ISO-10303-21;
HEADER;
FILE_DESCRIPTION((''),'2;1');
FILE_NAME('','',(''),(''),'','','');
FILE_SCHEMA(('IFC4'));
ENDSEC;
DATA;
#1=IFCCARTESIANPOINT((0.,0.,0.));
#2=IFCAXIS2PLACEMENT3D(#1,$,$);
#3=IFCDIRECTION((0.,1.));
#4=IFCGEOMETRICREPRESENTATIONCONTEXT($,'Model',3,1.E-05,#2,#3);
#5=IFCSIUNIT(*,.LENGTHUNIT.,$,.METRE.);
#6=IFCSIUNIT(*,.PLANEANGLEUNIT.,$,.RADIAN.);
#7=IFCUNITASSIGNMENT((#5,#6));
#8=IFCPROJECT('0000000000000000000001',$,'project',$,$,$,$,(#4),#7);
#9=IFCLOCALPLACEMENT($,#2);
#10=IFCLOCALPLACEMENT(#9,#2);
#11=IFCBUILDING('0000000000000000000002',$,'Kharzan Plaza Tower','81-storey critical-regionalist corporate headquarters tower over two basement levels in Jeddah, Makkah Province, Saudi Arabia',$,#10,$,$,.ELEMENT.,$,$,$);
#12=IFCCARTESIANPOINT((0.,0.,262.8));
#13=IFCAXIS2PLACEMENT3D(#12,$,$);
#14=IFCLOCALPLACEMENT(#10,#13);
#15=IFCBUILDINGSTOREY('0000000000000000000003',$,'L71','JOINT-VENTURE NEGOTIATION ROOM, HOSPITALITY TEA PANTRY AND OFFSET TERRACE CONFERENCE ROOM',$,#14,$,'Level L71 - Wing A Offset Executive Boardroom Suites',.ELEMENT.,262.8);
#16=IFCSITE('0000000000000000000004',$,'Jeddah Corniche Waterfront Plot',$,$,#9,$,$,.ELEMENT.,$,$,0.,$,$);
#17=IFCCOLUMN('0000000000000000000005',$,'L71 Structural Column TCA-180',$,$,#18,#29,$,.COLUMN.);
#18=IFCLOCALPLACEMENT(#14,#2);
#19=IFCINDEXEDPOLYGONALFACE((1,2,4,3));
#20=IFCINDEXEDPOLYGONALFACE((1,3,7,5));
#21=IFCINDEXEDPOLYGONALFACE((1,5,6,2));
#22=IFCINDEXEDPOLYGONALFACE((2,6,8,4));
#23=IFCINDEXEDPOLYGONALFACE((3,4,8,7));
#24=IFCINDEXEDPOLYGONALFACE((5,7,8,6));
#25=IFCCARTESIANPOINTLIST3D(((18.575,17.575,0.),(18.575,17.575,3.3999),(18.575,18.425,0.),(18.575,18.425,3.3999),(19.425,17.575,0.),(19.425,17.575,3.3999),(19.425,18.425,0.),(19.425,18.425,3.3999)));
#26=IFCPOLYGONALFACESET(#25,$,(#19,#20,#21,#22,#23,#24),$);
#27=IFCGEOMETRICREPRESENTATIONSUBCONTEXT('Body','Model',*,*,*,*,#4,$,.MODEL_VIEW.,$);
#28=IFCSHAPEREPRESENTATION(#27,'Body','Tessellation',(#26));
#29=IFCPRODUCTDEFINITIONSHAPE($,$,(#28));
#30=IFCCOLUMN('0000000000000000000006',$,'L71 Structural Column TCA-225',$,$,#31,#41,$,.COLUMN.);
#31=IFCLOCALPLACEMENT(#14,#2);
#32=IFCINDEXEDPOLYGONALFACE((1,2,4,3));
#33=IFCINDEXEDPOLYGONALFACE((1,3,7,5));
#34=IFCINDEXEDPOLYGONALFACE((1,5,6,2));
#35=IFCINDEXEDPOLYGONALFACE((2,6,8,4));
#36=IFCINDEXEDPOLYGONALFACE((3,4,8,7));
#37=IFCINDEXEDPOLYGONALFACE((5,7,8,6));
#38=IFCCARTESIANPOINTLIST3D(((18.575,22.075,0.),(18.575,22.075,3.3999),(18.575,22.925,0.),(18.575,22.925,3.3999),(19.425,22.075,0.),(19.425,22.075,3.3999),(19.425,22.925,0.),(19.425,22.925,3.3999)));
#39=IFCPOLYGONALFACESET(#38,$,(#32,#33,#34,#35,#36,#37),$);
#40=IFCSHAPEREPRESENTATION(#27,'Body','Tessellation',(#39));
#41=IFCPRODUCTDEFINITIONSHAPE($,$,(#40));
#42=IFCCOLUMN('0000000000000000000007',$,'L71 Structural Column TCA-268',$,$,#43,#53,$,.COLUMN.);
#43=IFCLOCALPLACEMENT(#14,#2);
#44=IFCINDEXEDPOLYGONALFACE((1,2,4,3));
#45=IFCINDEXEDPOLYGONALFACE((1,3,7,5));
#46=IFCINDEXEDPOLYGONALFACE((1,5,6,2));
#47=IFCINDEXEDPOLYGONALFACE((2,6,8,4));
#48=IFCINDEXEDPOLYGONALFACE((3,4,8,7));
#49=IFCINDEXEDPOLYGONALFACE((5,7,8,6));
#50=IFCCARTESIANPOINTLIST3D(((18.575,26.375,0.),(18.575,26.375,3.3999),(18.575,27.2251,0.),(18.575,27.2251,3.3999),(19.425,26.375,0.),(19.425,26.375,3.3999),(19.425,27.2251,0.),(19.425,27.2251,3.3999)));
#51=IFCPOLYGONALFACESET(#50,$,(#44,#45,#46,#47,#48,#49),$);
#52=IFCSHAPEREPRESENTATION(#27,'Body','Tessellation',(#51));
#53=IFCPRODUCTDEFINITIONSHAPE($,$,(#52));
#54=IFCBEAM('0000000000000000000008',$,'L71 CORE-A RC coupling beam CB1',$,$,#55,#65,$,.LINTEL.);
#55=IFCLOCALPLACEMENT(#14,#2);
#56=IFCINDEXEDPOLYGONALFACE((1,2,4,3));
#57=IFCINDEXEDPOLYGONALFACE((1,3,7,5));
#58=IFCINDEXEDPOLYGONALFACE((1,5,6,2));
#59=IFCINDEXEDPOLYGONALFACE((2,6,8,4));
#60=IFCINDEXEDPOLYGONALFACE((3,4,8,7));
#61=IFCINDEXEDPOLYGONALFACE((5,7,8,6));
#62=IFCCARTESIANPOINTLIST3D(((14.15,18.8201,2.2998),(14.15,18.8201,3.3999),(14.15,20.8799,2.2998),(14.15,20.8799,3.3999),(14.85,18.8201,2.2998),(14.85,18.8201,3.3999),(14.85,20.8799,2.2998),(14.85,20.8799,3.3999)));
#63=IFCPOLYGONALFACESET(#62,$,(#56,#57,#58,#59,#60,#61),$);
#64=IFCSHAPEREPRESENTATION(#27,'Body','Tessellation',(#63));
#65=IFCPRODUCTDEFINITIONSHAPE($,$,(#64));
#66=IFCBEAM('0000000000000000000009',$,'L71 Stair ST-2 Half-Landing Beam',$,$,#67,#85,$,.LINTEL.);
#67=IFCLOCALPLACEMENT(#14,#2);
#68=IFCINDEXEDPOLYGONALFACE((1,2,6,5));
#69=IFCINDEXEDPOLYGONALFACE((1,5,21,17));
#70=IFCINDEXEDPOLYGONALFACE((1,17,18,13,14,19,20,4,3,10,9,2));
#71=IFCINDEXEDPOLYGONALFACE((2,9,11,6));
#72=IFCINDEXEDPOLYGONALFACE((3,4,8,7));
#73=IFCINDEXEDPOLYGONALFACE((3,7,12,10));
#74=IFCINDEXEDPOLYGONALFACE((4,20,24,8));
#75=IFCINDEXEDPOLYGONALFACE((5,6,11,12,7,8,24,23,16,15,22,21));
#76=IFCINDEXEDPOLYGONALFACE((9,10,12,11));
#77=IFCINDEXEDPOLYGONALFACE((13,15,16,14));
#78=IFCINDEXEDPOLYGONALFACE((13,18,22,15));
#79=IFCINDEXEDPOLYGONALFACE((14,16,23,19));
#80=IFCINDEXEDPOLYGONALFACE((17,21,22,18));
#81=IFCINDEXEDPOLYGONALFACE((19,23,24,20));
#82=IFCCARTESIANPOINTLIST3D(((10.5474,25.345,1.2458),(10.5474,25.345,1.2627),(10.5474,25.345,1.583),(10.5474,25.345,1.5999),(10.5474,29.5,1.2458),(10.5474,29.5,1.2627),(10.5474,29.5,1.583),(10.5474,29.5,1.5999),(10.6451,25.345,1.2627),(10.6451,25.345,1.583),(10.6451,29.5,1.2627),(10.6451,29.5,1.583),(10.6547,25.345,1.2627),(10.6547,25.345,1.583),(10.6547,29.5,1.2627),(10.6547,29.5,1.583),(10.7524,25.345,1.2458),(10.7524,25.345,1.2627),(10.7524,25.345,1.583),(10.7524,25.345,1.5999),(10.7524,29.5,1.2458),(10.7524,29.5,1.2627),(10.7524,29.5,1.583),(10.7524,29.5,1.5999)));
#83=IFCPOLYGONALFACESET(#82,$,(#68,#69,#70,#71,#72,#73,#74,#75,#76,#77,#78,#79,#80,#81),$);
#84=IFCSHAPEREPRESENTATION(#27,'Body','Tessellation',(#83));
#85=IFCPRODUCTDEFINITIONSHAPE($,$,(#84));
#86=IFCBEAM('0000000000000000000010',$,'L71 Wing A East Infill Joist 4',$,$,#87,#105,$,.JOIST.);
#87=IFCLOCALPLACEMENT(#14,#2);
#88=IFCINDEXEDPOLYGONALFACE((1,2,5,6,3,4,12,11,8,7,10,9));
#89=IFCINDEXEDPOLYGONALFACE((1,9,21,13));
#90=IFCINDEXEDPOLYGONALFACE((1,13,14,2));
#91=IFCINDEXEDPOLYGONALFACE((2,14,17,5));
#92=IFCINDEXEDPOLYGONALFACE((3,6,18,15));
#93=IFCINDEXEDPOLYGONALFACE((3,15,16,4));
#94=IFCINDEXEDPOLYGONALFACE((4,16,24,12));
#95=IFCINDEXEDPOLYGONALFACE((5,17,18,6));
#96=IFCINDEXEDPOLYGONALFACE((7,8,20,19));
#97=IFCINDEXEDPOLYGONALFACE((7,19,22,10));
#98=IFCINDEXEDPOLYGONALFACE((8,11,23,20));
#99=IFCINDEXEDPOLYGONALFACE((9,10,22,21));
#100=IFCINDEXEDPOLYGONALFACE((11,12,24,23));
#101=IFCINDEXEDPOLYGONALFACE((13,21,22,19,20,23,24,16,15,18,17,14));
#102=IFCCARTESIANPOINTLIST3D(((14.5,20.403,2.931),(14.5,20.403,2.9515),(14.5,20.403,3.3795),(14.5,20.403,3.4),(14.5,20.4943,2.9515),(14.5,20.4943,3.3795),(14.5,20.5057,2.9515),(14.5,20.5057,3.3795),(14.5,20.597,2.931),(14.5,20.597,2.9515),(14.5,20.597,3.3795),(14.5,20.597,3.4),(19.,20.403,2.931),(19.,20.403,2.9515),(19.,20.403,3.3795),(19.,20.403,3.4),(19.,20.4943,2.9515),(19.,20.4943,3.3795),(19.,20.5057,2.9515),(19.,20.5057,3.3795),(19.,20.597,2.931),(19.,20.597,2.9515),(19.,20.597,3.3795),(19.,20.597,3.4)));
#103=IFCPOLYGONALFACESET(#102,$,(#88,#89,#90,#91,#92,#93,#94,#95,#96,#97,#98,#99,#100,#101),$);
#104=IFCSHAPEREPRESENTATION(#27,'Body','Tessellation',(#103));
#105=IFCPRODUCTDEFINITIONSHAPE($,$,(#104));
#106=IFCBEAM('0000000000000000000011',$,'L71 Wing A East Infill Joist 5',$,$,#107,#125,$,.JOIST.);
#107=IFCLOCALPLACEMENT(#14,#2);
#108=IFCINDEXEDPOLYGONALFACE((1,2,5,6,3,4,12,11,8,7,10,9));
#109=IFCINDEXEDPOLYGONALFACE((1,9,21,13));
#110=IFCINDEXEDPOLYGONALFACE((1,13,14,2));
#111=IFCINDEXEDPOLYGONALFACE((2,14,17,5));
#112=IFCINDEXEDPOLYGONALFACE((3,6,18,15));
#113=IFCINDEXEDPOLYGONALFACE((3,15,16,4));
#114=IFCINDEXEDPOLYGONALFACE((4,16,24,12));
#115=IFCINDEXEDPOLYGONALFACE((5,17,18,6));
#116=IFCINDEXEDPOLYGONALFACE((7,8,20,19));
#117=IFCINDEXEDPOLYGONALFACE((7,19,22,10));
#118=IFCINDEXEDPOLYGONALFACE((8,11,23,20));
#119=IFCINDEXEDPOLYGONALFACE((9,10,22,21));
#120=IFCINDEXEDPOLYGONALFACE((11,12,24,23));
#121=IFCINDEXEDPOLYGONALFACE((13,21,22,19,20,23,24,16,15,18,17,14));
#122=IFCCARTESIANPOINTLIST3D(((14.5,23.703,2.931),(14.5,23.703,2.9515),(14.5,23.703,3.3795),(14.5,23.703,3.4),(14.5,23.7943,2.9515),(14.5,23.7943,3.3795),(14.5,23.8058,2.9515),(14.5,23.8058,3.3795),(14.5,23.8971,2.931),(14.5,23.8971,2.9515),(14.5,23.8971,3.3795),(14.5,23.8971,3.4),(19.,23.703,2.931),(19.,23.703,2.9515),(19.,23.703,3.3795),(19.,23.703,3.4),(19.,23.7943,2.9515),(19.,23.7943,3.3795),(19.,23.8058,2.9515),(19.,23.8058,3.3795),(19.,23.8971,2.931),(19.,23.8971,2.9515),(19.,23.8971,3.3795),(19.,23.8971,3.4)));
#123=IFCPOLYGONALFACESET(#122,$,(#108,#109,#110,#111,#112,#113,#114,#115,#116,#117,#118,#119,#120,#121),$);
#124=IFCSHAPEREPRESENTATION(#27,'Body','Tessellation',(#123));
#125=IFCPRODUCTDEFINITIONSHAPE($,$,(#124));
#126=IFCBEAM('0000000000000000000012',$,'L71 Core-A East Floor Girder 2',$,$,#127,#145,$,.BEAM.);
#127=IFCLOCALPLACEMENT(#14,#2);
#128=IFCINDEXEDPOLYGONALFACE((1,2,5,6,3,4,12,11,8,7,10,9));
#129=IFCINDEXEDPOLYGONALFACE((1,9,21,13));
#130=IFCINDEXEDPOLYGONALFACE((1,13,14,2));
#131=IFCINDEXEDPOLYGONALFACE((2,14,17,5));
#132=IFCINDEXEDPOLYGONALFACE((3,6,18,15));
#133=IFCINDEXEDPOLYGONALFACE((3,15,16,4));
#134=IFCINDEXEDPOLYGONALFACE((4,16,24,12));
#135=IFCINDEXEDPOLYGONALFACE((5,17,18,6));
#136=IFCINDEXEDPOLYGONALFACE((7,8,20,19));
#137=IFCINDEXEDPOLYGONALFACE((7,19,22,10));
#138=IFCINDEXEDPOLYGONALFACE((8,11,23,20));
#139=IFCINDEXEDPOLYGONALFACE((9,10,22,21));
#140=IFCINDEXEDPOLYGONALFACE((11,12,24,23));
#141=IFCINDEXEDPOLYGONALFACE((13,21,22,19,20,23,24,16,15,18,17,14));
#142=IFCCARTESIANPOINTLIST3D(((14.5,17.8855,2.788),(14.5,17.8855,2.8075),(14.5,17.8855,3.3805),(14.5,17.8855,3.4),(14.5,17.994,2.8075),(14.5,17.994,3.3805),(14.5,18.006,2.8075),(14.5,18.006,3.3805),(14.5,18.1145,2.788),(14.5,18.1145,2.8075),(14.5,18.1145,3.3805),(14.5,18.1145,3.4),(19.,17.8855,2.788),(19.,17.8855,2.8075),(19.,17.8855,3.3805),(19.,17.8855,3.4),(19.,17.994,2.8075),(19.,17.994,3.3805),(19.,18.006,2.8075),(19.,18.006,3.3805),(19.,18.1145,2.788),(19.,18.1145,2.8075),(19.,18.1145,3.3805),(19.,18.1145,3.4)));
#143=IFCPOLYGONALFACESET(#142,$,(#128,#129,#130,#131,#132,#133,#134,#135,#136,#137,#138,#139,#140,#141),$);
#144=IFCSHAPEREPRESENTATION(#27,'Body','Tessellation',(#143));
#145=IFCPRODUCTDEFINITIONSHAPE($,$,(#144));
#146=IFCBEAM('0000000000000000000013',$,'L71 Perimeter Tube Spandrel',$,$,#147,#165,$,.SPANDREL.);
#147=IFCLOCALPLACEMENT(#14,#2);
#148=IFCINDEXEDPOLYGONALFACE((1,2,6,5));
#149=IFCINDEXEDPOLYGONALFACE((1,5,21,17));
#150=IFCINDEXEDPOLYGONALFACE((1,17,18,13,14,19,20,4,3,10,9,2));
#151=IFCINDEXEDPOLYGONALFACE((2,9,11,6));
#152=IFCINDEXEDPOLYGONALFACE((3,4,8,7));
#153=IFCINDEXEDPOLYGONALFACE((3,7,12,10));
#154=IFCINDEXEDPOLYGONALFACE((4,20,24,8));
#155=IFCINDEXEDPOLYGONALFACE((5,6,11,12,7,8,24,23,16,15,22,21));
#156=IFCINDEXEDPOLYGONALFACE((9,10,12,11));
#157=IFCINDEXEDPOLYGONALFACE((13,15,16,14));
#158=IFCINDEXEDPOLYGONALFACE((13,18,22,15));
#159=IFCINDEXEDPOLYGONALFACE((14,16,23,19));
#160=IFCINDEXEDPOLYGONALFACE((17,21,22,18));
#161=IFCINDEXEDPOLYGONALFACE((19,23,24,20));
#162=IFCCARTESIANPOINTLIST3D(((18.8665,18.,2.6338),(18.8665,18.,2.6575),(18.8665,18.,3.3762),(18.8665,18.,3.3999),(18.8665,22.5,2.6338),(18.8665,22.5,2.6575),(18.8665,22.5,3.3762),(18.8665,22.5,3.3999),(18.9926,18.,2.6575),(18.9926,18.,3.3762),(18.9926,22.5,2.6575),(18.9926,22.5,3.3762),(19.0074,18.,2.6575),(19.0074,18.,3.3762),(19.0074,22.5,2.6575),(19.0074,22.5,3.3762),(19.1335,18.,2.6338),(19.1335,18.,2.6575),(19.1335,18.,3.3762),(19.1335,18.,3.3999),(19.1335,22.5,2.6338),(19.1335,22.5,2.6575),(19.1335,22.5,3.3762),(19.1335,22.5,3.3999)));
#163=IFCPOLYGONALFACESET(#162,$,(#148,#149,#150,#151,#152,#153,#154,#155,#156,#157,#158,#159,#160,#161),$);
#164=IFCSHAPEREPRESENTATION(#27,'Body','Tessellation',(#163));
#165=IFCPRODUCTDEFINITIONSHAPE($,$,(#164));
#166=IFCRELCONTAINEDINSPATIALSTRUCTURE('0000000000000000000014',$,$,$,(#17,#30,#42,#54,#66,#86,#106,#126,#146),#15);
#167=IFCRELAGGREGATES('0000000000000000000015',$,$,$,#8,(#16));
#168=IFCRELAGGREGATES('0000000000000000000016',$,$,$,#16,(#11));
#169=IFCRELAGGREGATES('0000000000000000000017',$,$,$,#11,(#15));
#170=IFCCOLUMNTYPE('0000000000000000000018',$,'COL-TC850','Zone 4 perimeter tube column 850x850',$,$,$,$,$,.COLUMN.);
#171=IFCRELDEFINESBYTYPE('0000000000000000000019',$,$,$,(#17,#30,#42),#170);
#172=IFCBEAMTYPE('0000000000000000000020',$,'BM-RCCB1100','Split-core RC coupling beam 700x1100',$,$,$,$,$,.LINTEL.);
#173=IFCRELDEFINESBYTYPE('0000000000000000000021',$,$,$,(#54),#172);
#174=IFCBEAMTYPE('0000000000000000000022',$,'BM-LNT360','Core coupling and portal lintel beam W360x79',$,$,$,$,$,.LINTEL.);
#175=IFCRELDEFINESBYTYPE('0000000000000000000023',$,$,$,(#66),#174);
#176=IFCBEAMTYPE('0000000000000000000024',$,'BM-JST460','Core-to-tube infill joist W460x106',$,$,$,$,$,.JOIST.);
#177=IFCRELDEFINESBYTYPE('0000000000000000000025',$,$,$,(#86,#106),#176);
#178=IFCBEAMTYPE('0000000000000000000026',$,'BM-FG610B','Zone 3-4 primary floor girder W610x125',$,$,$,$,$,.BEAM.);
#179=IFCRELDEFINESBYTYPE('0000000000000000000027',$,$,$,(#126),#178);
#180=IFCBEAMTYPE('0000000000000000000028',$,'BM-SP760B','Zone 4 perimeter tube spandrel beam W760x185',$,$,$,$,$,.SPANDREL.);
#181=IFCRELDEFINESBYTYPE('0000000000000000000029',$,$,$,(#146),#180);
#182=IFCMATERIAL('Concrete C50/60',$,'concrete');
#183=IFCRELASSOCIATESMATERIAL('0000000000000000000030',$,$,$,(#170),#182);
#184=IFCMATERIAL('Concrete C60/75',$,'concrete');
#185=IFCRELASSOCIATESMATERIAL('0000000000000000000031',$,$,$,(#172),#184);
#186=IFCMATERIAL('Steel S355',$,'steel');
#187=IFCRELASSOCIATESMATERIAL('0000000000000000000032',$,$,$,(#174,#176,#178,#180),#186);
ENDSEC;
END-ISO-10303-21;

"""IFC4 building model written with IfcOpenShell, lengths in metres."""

from ifc_helpers import new_model, si_unit, direction, frame, origin, origin_2d, place, context, subcontext, project, spatial, rectangle, i_section, extrude, source, transform, mapped, material, material_profile, profile_set, type_object, element, save


model = new_model("IFC4")

# Units and contexts
model_context = context("Model", 3, precision=1e-05, world=origin(), true_north=direction((0.0, 1.0)))
body_context = subcontext(model_context, "Body", "Model", "MODEL_VIEW")
ifc_project = project(units=[si_unit("LENGTHUNIT", "METRE"), si_unit("PLANEANGLEUNIT", "RADIAN")], contexts=[model_context])

# Site, building, storey
site_placement = place(None, origin())
site = spatial("IfcSite", under=ifc_project, at=site_placement, Name="Jeddah Corniche Waterfront Plot", CompositionType="ELEMENT", RefElevation=0.0)
building_placement = place(site_placement, origin())
building = spatial("IfcBuilding", under=site, at=building_placement, Name="Kharzan Plaza Tower", Description="81-storey critical-regionalist corporate headquarters tower over two basement levels in Jeddah, Makkah Province, Saudi Arabia", CompositionType="ELEMENT")
storey_placement = place(building_placement, frame((0.0, 0.0, 262.8)))
storey = spatial("IfcBuildingStorey", under=building, at=storey_placement, Name="L71", Description="JOINT-VENTURE NEGOTIATION ROOM, HOSPITALITY TEA PANTRY AND OFFSET TERRACE CONFERENCE ROOM", LongName="Level L71 - Wing A Offset Executive Boardroom Suites", CompositionType="ELEMENT", Elevation=262.8)

# Columns
ifc_material_1 = material(Name="Concrete C50/60", Category="concrete")
ifc_material_profile_1 = material_profile(ifc_material_1, rectangle(XDim=0.8501, YDim=0.8501, at=origin_2d()), Name="RC-TC850x850")
ifc_profile_set_1 = profile_set([ifc_material_profile_1], Name="Concrete C50/60")
column_type = type_object("IfcColumnType", Name="COL-TC850", Description="Zone 4 perimeter tube column 850x850", PredefinedType="COLUMN", material=ifc_profile_set_1)
shared_shape_1 = source(origin(), body_context, "Body", "SweptSolid", [
    extrude(rectangle(XDim=0.8501, YDim=0.8501, at=origin_2d()), origin(), (0.0, 0.0, 1.0), 3.3999),
])
for number, where, z_axis, x_axis, name in (
    (1, (19.0, 18.0, 0.0), (0.0, 0.0, 1.0), (1.0, 0.0, 0.0), "L71 Structural Column TCA-180"),
    (2, (19.0, 22.5, 0.0), (0.0, 0.0, 1.0), (1.0, 0.0, 0.0), "L71 Structural Column TCA-225"),
    (3, (19.0, 26.8, 0.0), (0.0, 0.0, 1.0), (1.0, 0.0, 0.0), "L71 Structural Column TCA-268"),
):
    element("IfcColumn", number, at=place(storey_placement, frame(where, z_axis=z_axis, x_axis=x_axis)), inside=storey, type_object=column_type, Name=name, PredefinedType="COLUMN", context=body_context, shape_type="MappedRepresentation", body=[
        mapped(shared_shape_1, transform((0.0, 0.0, 0.0), x_axis=(1.0, 0.0, 0.0), y_axis=(0.0, 1.0, 0.0), z_axis=(0.0, 0.0, 1.0))),
    ])

# Beams
ifc_material_2 = material(Name="Concrete C60/75", Category="concrete")
ifc_material_profile_2 = material_profile(ifc_material_2, rectangle(XDim=0.7, YDim=1.1001, at=origin_2d()), Name="RC-CB1100x700")
ifc_profile_set_2 = profile_set([ifc_material_profile_2], Name="Concrete C60/75")
beam_type_1 = type_object("IfcBeamType", Name="BM-RCCB1100", Description="Split-core RC coupling beam 700x1100", PredefinedType="LINTEL", material=ifc_profile_set_2)
shared_shape_2 = source(origin(), body_context, "Body", "SweptSolid", [
    extrude(rectangle(XDim=0.7, YDim=1.1001, at=origin_2d()), origin(), (0.0, 0.0, 1.0), 2.0598),
])
beam_1_placement = place(storey_placement, frame((14.5, 18.8201, 2.8499), z_axis=(0.0, 1.0, 0.0), x_axis=(-1.0, 0.0, 0.0)))
element("IfcBeam", 4, at=beam_1_placement, inside=storey, type_object=beam_type_1, Name="L71 CORE-A RC coupling beam CB1", PredefinedType="LINTEL", context=body_context, shape_type="MappedRepresentation", body=[
    mapped(shared_shape_2, transform((0.0, 0.0, 0.0), x_axis=(1.0, 0.0, 0.0), y_axis=(0.0, 1.0, 0.0), z_axis=(0.0, 0.0, 1.0))),
])
ifc_material_3 = material(Name="Steel S355", Category="steel")
ifc_material_profile_3 = material_profile(ifc_material_3, i_section(OverallWidth=0.2051, OverallDepth=0.354, WebThickness=0.0095, FlangeThickness=0.0168, at=origin_2d()), Name="W360x79")
ifc_profile_set_3 = profile_set([ifc_material_profile_3], Name="Steel S355")
beam_type_2 = type_object("IfcBeamType", Name="BM-LNT360", Description="Core coupling and portal lintel beam W360x79", PredefinedType="LINTEL", material=ifc_profile_set_3)
shared_shape_3 = source(origin(), body_context, "Body", "SweptSolid", [
    extrude(i_section(OverallWidth=0.2051, OverallDepth=0.354, WebThickness=0.0095, FlangeThickness=0.0168, at=origin_2d()), origin(), (0.0, 0.0, 1.0), 4.155),
])
beam_2_placement = place(storey_placement, frame((10.6499, 25.345, 1.4229), z_axis=(0.0, 1.0, 0.0), x_axis=(-1.0, 0.0, 0.0)))
element("IfcBeam", 5, at=beam_2_placement, inside=storey, type_object=beam_type_2, Name="L71 Stair ST-2 Half-Landing Beam", PredefinedType="LINTEL", context=body_context, shape_type="MappedRepresentation", body=[
    mapped(shared_shape_3, transform((0.0, 0.0, 0.0), x_axis=(1.0, 0.0, 0.0), y_axis=(0.0, 1.0, 0.0), z_axis=(0.0, 0.0, 1.0))),
])
ifc_material_profile_4 = material_profile(ifc_material_3, i_section(OverallWidth=0.1941, OverallDepth=0.469, WebThickness=0.0115, FlangeThickness=0.0205, at=origin_2d()), Name="W460x106")
ifc_profile_set_4 = profile_set([ifc_material_profile_4], Name="Steel S355")
beam_type_3 = type_object("IfcBeamType", Name="BM-JST460", Description="Core-to-tube infill joist W460x106", PredefinedType="JOIST", material=ifc_profile_set_4)
shared_shape_4 = source(origin(), body_context, "Body", "SweptSolid", [
    extrude(i_section(OverallWidth=0.1941, OverallDepth=0.469, WebThickness=0.0115, FlangeThickness=0.0205, at=origin_2d()), origin(), (0.0, 0.0, 1.0), 4.5),
])
for number, where, z_axis, x_axis, name in (
    (6, (14.5, 20.5, 3.1655), (1.0, 0.0, 0.0), (0.0, 1.0, 0.0), "L71 Wing A East Infill Joist 4"),
    (7, (14.5, 23.8, 3.1655), (1.0, 0.0, 0.0), (0.0, 1.0, 0.0), "L71 Wing A East Infill Joist 5"),
):
    element("IfcBeam", number, at=place(storey_placement, frame(where, z_axis=z_axis, x_axis=x_axis)), inside=storey, type_object=beam_type_3, Name=name, PredefinedType="JOIST", context=body_context, shape_type="MappedRepresentation", body=[
        mapped(shared_shape_4, transform((0.0, 0.0, 0.0), x_axis=(1.0, 0.0, 0.0), y_axis=(0.0, 1.0, 0.0), z_axis=(0.0, 0.0, 1.0))),
    ])
ifc_material_profile_5 = material_profile(ifc_material_3, i_section(OverallWidth=0.229, OverallDepth=0.6121, WebThickness=0.012, FlangeThickness=0.0195, at=origin_2d()), Name="W610x125")
ifc_profile_set_5 = profile_set([ifc_material_profile_5], Name="Steel S355")
beam_type_4 = type_object("IfcBeamType", Name="BM-FG610B", Description="Zone 3-4 primary floor girder W610x125", PredefinedType="BEAM", material=ifc_profile_set_5)
shared_shape_5 = source(origin(), body_context, "Body", "SweptSolid", [
    extrude(i_section(OverallWidth=0.229, OverallDepth=0.6121, WebThickness=0.012, FlangeThickness=0.0195, at=origin_2d()), origin(), (0.0, 0.0, 1.0), 4.5),
])
beam_3_placement = place(storey_placement, frame((14.5, 18.0, 3.094), z_axis=(1.0, 0.0, 0.0), x_axis=(0.0, 1.0, 0.0)))
element("IfcBeam", 8, at=beam_3_placement, inside=storey, type_object=beam_type_4, Name="L71 Core-A East Floor Girder 2", PredefinedType="BEAM", context=body_context, shape_type="MappedRepresentation", body=[
    mapped(shared_shape_5, transform((0.0, 0.0, 0.0), x_axis=(1.0, 0.0, 0.0), y_axis=(0.0, 1.0, 0.0), z_axis=(0.0, 0.0, 1.0))),
])
ifc_material_profile_6 = material_profile(ifc_material_3, i_section(OverallWidth=0.2671, OverallDepth=0.7661, WebThickness=0.0149, FlangeThickness=0.0237, at=origin_2d()), Name="W760x185")
ifc_profile_set_6 = profile_set([ifc_material_profile_6], Name="Steel S355")
beam_type_5 = type_object("IfcBeamType", Name="BM-SP760B", Description="Zone 4 perimeter tube spandrel beam W760x185", PredefinedType="SPANDREL", material=ifc_profile_set_6)
shared_shape_6 = source(origin(), body_context, "Body", "SweptSolid", [
    extrude(i_section(OverallWidth=0.2671, OverallDepth=0.7661, WebThickness=0.0149, FlangeThickness=0.0237, at=origin_2d()), origin(), (0.0, 0.0, 1.0), 4.5),
])
beam_4_placement = place(storey_placement, frame((19.0, 18.0, 3.0168), z_axis=(0.0, 1.0, 0.0), x_axis=(-1.0, 0.0, 0.0)))
element("IfcBeam", 9, at=beam_4_placement, inside=storey, type_object=beam_type_5, Name="L71 Perimeter Tube Spandrel", PredefinedType="SPANDREL", context=body_context, shape_type="MappedRepresentation", body=[
    mapped(shared_shape_6, transform((0.0, 0.0, 0.0), x_axis=(1.0, 0.0, 0.0), y_axis=(0.0, 1.0, 0.0), z_axis=(0.0, 0.0, 1.0))),
])

save(model, "model.ifc")
